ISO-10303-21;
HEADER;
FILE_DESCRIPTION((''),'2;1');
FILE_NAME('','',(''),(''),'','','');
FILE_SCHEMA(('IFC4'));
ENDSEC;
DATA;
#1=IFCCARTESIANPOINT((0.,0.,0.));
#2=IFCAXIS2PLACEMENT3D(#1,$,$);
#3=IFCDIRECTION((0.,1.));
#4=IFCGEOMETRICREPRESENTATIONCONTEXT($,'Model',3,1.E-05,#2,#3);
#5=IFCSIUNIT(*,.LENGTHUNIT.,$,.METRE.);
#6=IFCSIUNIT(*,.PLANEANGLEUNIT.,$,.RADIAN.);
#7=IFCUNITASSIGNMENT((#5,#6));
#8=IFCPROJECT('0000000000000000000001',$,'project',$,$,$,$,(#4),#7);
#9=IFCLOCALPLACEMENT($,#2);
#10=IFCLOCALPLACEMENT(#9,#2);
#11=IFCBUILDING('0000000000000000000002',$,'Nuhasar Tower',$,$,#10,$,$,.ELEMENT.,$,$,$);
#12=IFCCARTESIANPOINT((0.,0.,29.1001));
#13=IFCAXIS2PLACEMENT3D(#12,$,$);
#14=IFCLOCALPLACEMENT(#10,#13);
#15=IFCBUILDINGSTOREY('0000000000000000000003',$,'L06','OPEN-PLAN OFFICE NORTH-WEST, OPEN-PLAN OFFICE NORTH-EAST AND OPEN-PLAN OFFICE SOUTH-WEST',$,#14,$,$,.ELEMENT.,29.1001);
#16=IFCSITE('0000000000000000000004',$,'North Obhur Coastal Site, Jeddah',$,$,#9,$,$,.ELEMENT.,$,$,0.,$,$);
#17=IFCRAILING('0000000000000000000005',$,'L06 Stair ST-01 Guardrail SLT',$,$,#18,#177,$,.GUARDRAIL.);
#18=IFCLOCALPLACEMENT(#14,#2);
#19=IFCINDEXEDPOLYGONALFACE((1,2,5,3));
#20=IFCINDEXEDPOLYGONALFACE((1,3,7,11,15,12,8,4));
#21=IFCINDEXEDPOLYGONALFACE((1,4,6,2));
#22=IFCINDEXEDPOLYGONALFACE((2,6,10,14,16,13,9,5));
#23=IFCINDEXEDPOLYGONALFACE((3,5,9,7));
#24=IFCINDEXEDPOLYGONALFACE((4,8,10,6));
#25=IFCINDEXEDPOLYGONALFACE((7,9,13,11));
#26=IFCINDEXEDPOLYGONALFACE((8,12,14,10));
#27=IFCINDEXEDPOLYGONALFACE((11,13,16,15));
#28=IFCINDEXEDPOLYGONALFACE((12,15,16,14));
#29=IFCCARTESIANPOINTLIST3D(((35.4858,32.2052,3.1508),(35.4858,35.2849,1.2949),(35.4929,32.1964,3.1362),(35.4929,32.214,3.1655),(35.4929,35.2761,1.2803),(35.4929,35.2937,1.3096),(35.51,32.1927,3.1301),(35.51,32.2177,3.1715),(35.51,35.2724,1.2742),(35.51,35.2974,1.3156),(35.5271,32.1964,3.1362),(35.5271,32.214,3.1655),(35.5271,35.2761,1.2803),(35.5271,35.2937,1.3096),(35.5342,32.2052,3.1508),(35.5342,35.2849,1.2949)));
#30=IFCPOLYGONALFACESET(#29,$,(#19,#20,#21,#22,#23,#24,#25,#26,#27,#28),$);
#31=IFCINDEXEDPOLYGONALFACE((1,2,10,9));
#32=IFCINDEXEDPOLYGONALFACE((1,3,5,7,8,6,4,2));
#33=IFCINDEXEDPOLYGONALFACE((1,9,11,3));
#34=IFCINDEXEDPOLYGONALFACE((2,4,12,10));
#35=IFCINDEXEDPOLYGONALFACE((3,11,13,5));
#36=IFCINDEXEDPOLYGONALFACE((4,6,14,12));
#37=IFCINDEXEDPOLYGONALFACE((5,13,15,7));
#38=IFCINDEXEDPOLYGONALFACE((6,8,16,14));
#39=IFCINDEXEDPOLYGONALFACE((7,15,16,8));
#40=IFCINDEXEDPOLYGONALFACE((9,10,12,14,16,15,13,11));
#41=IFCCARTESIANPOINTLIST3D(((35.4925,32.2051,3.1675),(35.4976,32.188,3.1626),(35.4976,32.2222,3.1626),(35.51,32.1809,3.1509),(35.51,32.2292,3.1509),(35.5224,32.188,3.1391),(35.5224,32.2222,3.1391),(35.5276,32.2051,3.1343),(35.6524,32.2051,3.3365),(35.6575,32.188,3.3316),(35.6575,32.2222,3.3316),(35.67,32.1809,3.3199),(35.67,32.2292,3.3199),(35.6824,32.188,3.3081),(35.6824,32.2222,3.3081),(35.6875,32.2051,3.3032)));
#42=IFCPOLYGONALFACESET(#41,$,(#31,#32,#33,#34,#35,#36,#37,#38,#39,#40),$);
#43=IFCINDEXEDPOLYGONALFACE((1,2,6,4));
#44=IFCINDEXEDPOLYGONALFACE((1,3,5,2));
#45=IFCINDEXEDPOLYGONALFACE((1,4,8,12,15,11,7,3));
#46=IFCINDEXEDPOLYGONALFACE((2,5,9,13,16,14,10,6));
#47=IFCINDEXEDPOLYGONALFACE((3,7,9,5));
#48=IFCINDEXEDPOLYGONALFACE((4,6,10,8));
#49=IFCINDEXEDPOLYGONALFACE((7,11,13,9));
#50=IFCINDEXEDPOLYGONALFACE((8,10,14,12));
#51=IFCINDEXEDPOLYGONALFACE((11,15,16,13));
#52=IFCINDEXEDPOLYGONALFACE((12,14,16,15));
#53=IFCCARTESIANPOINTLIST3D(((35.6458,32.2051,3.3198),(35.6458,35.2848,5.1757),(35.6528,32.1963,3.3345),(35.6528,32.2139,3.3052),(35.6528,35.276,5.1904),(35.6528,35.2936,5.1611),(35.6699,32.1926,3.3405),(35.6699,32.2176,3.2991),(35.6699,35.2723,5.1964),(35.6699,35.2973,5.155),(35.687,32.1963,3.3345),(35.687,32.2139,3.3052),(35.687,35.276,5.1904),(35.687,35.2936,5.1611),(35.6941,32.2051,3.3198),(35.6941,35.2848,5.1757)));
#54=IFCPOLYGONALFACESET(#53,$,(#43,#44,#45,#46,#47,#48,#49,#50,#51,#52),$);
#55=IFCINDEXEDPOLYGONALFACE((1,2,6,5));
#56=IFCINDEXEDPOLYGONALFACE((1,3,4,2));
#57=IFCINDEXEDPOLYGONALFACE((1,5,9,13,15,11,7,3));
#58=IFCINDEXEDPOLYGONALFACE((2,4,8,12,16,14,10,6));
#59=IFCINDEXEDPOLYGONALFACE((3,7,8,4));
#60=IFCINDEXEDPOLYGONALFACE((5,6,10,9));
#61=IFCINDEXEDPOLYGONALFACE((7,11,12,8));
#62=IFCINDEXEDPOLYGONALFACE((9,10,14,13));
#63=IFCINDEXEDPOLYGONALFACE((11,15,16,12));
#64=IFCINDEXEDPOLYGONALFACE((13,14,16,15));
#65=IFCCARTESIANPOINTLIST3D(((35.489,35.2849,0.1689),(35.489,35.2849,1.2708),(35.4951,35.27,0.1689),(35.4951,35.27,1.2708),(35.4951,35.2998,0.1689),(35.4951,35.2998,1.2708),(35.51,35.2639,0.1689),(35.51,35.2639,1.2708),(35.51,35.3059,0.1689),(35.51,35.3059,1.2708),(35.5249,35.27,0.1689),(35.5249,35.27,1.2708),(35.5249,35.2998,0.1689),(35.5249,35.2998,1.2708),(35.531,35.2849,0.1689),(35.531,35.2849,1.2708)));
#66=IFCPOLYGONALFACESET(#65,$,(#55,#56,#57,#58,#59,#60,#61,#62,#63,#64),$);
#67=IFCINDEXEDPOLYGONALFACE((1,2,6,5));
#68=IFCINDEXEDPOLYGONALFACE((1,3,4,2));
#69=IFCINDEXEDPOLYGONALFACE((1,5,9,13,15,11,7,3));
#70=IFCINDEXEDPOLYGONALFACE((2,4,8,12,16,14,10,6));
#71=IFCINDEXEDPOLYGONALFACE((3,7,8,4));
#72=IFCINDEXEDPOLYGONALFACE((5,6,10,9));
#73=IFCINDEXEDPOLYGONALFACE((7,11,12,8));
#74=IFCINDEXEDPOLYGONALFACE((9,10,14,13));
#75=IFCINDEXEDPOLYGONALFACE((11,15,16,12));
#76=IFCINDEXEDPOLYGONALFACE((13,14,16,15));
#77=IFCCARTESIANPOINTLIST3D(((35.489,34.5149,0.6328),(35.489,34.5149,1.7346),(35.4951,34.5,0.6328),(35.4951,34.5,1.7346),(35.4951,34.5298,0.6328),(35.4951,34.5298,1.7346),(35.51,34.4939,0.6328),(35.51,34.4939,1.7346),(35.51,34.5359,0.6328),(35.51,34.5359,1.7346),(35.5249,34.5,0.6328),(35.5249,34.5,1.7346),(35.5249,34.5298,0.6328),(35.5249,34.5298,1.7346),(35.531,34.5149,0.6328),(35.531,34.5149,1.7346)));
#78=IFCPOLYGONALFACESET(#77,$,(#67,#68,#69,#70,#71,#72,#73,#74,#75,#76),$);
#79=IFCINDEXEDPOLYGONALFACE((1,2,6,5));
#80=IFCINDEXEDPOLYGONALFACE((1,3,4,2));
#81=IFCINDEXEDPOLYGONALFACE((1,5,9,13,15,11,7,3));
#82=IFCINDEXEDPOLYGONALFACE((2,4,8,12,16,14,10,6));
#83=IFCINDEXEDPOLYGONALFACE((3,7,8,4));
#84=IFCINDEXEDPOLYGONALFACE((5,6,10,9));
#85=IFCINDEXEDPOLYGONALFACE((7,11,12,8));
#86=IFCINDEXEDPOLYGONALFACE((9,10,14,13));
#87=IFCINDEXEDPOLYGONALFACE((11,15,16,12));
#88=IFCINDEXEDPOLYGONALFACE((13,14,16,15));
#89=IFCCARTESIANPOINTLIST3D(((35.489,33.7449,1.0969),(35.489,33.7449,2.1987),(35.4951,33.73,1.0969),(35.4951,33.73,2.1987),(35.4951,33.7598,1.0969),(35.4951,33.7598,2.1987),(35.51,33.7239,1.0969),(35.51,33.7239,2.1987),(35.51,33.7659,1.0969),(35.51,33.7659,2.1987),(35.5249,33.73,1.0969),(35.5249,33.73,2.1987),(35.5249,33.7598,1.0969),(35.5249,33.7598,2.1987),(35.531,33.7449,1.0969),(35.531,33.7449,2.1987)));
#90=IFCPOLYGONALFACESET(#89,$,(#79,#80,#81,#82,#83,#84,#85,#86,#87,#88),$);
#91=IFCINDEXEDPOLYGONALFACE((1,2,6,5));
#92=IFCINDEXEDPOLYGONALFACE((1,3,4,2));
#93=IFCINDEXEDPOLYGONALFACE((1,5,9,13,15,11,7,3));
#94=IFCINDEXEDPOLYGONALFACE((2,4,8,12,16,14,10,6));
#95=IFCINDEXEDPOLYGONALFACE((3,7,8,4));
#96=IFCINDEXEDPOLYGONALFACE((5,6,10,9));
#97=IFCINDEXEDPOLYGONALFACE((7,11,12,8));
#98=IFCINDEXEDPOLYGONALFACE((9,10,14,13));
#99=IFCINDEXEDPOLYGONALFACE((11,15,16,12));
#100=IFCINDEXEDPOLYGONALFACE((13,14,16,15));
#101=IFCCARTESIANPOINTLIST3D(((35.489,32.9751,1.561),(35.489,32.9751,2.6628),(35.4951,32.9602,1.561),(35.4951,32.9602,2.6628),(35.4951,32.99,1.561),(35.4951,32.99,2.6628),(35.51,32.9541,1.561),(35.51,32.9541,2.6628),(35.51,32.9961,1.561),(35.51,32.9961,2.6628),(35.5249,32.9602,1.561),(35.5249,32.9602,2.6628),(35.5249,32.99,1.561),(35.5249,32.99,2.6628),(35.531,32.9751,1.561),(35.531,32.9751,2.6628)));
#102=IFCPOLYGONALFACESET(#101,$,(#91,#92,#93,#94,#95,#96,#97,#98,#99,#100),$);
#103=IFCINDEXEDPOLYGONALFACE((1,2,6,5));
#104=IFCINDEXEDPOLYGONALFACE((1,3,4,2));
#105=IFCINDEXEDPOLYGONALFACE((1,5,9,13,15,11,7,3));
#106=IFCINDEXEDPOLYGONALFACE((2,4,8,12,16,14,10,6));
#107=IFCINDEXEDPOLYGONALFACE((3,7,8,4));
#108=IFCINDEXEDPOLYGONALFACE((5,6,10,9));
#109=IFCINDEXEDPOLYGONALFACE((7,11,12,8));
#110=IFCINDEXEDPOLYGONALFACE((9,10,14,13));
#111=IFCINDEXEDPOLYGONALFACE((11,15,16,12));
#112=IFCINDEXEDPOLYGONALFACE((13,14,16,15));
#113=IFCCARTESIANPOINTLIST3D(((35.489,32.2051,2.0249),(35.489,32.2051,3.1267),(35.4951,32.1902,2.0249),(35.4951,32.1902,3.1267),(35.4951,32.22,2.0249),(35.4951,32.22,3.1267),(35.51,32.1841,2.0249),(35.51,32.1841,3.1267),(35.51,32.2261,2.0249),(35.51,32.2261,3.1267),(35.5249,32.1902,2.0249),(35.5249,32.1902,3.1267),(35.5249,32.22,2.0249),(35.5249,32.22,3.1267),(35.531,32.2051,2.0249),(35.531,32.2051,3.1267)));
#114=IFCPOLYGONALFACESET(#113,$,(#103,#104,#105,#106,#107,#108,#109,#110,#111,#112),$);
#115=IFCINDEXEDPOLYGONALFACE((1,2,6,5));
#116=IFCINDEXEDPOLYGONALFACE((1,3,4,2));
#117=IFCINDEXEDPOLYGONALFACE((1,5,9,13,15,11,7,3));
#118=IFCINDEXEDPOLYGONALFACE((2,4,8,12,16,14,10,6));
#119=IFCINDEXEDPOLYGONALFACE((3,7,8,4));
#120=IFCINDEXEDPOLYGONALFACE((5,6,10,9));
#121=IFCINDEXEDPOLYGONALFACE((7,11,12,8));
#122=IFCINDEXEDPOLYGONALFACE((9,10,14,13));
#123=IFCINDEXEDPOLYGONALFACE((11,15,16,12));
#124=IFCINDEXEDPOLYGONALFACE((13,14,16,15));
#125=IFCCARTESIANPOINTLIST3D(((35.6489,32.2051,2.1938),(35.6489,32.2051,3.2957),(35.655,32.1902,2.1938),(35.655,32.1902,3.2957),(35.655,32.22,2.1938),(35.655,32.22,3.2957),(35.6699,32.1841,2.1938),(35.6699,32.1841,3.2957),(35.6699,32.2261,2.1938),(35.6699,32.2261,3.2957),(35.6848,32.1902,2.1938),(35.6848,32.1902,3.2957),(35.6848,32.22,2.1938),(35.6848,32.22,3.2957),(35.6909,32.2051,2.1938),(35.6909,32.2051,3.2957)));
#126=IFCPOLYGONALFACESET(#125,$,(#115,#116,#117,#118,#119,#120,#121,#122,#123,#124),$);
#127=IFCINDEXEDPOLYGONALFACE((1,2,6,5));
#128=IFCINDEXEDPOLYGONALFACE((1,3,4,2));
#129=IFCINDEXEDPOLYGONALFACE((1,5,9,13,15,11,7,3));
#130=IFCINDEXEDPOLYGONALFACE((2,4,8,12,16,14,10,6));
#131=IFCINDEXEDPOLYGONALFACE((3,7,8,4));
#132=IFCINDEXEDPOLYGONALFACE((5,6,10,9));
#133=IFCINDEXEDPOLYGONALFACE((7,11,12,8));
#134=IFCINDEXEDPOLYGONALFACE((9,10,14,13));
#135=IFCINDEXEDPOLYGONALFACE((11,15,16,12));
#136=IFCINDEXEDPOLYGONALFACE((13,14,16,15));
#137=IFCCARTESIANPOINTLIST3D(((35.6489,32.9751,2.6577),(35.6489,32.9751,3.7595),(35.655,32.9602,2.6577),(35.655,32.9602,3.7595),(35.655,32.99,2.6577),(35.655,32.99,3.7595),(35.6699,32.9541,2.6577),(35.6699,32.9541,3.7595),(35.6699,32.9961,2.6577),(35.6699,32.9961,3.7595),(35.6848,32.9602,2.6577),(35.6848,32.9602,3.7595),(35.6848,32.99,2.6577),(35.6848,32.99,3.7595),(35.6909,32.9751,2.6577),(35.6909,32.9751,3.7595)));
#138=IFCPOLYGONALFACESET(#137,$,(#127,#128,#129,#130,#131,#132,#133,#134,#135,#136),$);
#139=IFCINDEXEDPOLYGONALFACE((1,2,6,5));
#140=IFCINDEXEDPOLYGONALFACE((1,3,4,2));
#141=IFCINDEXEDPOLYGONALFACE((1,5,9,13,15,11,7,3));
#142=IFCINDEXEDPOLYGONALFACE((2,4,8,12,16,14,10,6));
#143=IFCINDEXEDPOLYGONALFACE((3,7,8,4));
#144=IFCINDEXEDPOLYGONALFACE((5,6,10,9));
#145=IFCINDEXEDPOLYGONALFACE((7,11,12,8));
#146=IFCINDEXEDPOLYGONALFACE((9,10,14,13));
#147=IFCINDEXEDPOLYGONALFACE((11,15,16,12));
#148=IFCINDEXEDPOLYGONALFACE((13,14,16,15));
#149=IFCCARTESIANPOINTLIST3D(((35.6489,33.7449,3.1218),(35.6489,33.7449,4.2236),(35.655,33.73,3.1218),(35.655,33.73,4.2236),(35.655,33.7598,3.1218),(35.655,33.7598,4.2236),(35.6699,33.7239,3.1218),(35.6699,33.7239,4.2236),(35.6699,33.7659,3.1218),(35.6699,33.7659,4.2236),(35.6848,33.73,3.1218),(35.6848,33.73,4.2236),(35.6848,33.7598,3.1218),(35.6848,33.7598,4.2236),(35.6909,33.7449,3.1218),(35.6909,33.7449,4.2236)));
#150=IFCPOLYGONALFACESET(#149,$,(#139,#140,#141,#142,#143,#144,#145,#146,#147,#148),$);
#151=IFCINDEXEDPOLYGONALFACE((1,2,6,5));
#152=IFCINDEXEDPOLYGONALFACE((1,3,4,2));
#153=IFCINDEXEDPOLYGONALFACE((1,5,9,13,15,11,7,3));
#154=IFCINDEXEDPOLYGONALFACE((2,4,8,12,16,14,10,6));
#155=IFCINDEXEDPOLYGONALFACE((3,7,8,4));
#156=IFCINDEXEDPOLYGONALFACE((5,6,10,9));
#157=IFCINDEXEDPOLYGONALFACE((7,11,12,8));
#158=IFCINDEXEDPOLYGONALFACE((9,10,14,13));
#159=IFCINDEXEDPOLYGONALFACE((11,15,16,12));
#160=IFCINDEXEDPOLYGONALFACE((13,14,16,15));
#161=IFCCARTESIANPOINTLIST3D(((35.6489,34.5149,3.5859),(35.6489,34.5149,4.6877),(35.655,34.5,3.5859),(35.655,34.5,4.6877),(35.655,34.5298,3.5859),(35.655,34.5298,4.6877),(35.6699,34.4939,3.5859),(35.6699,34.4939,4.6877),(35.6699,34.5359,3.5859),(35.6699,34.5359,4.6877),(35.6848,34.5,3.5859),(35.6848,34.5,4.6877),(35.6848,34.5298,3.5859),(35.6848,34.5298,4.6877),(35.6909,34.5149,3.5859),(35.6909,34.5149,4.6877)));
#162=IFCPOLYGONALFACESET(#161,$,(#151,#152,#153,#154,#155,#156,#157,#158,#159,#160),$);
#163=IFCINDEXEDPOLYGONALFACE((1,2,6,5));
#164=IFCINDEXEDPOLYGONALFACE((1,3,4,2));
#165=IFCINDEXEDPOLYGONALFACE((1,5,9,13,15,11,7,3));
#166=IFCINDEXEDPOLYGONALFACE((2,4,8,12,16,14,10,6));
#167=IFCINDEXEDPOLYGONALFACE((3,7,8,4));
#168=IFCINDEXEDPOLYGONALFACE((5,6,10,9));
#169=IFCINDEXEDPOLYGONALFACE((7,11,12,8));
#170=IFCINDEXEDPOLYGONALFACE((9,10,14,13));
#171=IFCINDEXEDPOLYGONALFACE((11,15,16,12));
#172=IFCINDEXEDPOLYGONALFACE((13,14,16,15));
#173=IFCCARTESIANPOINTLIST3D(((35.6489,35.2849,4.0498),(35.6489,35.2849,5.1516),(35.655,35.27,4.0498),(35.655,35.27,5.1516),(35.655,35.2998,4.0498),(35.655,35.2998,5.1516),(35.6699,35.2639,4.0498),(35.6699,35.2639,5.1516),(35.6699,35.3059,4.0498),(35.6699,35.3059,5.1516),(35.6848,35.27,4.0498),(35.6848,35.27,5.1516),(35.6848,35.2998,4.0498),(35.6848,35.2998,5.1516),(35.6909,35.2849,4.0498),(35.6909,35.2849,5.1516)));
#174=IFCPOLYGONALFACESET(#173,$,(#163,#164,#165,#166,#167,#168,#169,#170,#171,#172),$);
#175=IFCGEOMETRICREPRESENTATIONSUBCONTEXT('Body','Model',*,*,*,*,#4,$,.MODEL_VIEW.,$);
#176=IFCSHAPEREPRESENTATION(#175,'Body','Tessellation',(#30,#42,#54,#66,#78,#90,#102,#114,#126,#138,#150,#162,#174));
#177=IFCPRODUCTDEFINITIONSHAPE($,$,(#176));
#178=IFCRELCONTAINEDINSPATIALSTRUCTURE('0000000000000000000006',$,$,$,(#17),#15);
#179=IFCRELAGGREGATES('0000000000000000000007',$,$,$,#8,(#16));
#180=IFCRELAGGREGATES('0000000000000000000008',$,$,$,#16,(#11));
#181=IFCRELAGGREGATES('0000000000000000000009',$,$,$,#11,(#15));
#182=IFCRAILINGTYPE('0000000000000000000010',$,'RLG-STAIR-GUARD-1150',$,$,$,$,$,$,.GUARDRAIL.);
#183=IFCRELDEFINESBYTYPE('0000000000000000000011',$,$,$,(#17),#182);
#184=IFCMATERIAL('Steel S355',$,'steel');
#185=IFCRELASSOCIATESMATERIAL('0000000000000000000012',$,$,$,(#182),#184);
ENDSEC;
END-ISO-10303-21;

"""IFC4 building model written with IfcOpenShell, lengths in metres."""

from ifc_helpers import new_model, si_unit, direction, frame, origin, place, context, subcontext, project, spatial, polyline, outline, extrude, material, type_object, element, save


model = new_model("IFC4")

# Units and contexts
model_context = context("Model", 3, precision=1e-05, world=origin(), true_north=direction((0.0, 1.0)))
body_context = subcontext(model_context, "Body", "Model", "MODEL_VIEW")
ifc_project = project(units=[si_unit("LENGTHUNIT", "METRE"), si_unit("PLANEANGLEUNIT", "RADIAN")], contexts=[model_context])

# Site, building, storey
site_placement = place(None, origin())
site = spatial("IfcSite", under=ifc_project, at=site_placement, Name="North Obhur Coastal Site, Jeddah", CompositionType="ELEMENT", RefElevation=0.0)
building_placement = place(site_placement, origin())
building = spatial("IfcBuilding", under=site, at=building_placement, Name="Nuhasar Tower", CompositionType="ELEMENT")
storey_placement = place(building_placement, frame((0.0, 0.0, 29.1001)))
storey = spatial("IfcBuildingStorey", under=building, at=storey_placement, Name="L06", Description="OPEN-PLAN OFFICE NORTH-WEST, OPEN-PLAN OFFICE NORTH-EAST AND OPEN-PLAN OFFICE SOUTH-WEST", CompositionType="ELEMENT", Elevation=29.1001)

# Shared definitions
ifc_material_1 = material(Name="Steel S355", Category="steel")

# Railing
railing_type_1 = type_object("IfcRailingType", Name="RLG-STAIR-GUARD-1150", PredefinedType="GUARDRAIL", material=ifc_material_1)
railing_1_placement = place(storey_placement, frame((35.51, 35.2849, 0.1689)))
element("IfcRailing", 1, at=railing_1_placement, inside=storey, type_object=railing_type_1, Name="L06 Stair ST-01 Guardrail SLT", PredefinedType="GUARDRAIL", context=body_context, shape_type="SweptSolid", body=[
    extrude(outline(polyline([(0.0242, 0.0), (0.0171, 0.0171), (0.0, 0.0242), (-0.0171, 0.0171), (-0.0242, 0.0), (-0.0171, -0.0171), (0.0, -0.0242), (0.0171, -0.0171), (0.0242, 0.0)])), frame((0.0, 0.0, 1.126), z_axis=(0.0, -0.856503, 0.516142), x_axis=(1.0, 0.0, 0.0)), (0.0, 0.0, 1.0), 3.5957),
    extrude(outline(polyline([(0.0242, 0.0), (0.0171, 0.0171), (0.0, 0.0242), (-0.0171, 0.0171), (-0.0242, 0.0), (-0.0171, -0.0171), (0.0, -0.0242), (0.0171, -0.0171), (0.0242, 0.0)])), frame((0.0, -3.0798, 2.9819), z_axis=(0.687424, 0.0, 0.726256), x_axis=(0.0, 1.0, 0.0)), (0.0, 0.0, 1.0), 0.2327),
    extrude(outline(polyline([(0.0242, 0.0), (0.0171, 0.0171), (0.0, 0.0242), (-0.0171, 0.0171), (-0.0242, 0.0), (-0.0171, -0.0171), (0.0, -0.0242), (0.0171, -0.0171), (0.0242, 0.0)])), frame((0.1599, -3.0798, 3.1509), z_axis=(0.0, 0.856503, 0.516142), x_axis=(-1.0, 0.0, 0.0)), (0.0, 0.0, 1.0), 3.5957),
    extrude(outline(polyline([(0.021, 0.0), (0.0149, 0.0149), (0.0, 0.021), (-0.0149, 0.0149), (-0.021, 0.0), (-0.0149, -0.0149), (0.0, -0.021), (0.0149, -0.0149), (0.021, 0.0)])), origin(), (0.0, 0.0, 1.0), 1.1018),
    extrude(outline(polyline([(0.021, 0.0), (0.0149, 0.0149), (0.0, 0.021), (-0.0149, 0.0149), (-0.021, 0.0), (-0.0149, -0.0149), (0.0, -0.021), (0.0149, -0.0149), (0.021, 0.0)])), frame((0.0, -0.77, 0.4639)), (0.0, 0.0, 1.0), 1.1018),
    extrude(outline(polyline([(0.021, 0.0), (0.0149, 0.0149), (0.0, 0.021), (-0.0149, 0.0149), (-0.021, 0.0), (-0.0149, -0.0149), (0.0, -0.021), (0.0149, -0.0149), (0.021, 0.0)])), frame((0.0, -1.54, 0.928)), (0.0, 0.0, 1.0), 1.1018),
    extrude(outline(polyline([(0.021, 0.0), (0.0149, 0.0149), (0.0, 0.021), (-0.0149, 0.0149), (-0.021, 0.0), (-0.0149, -0.0149), (0.0, -0.021), (0.0149, -0.0149), (0.021, 0.0)])), frame((0.0, -2.3098, 1.3921)), (0.0, 0.0, 1.0), 1.1018),
    extrude(outline(polyline([(0.021, 0.0), (0.0149, 0.0149), (0.0, 0.021), (-0.0149, 0.0149), (-0.021, 0.0), (-0.0149, -0.0149), (0.0, -0.021), (0.0149, -0.0149), (0.021, 0.0)])), frame((0.0, -3.0798, 1.856)), (0.0, 0.0, 1.0), 1.1018),
    extrude(outline(polyline([(0.021, 0.0), (0.0149, 0.0149), (0.0, 0.021), (-0.0149, 0.0149), (-0.021, 0.0), (-0.0149, -0.0149), (0.0, -0.021), (0.0149, -0.0149), (0.021, 0.0)])), frame((0.1599, -3.0798, 2.0249)), (0.0, 0.0, 1.0), 1.1018),
    extrude(outline(polyline([(0.021, 0.0), (0.0149, 0.0149), (0.0, 0.021), (-0.0149, 0.0149), (-0.021, 0.0), (-0.0149, -0.0149), (0.0, -0.021), (0.0149, -0.0149), (0.021, 0.0)])), frame((0.1599, -2.3098, 2.4888)), (0.0, 0.0, 1.0), 1.1018),
    extrude(outline(polyline([(0.021, 0.0), (0.0149, 0.0149), (0.0, 0.021), (-0.0149, 0.0149), (-0.021, 0.0), (-0.0149, -0.0149), (0.0, -0.021), (0.0149, -0.0149), (0.021, 0.0)])), frame((0.1599, -1.54, 2.9529)), (0.0, 0.0, 1.0), 1.1018),
    extrude(outline(polyline([(0.021, 0.0), (0.0149, 0.0149), (0.0, 0.021), (-0.0149, 0.0149), (-0.021, 0.0), (-0.0149, -0.0149), (0.0, -0.021), (0.0149, -0.0149), (0.021, 0.0)])), frame((0.1599, -0.77, 3.417)), (0.0, 0.0, 1.0), 1.1018),
    extrude(outline(polyline([(0.021, 0.0), (0.0149, 0.0149), (0.0, 0.021), (-0.0149, 0.0149), (-0.021, 0.0), (-0.0149, -0.0149), (0.0, -0.021), (0.0149, -0.0149), (0.021, 0.0)])), frame((0.1599, 0.0, 3.8809)), (0.0, 0.0, 1.0), 1.1018),
])

save(model, "model.ifc")
